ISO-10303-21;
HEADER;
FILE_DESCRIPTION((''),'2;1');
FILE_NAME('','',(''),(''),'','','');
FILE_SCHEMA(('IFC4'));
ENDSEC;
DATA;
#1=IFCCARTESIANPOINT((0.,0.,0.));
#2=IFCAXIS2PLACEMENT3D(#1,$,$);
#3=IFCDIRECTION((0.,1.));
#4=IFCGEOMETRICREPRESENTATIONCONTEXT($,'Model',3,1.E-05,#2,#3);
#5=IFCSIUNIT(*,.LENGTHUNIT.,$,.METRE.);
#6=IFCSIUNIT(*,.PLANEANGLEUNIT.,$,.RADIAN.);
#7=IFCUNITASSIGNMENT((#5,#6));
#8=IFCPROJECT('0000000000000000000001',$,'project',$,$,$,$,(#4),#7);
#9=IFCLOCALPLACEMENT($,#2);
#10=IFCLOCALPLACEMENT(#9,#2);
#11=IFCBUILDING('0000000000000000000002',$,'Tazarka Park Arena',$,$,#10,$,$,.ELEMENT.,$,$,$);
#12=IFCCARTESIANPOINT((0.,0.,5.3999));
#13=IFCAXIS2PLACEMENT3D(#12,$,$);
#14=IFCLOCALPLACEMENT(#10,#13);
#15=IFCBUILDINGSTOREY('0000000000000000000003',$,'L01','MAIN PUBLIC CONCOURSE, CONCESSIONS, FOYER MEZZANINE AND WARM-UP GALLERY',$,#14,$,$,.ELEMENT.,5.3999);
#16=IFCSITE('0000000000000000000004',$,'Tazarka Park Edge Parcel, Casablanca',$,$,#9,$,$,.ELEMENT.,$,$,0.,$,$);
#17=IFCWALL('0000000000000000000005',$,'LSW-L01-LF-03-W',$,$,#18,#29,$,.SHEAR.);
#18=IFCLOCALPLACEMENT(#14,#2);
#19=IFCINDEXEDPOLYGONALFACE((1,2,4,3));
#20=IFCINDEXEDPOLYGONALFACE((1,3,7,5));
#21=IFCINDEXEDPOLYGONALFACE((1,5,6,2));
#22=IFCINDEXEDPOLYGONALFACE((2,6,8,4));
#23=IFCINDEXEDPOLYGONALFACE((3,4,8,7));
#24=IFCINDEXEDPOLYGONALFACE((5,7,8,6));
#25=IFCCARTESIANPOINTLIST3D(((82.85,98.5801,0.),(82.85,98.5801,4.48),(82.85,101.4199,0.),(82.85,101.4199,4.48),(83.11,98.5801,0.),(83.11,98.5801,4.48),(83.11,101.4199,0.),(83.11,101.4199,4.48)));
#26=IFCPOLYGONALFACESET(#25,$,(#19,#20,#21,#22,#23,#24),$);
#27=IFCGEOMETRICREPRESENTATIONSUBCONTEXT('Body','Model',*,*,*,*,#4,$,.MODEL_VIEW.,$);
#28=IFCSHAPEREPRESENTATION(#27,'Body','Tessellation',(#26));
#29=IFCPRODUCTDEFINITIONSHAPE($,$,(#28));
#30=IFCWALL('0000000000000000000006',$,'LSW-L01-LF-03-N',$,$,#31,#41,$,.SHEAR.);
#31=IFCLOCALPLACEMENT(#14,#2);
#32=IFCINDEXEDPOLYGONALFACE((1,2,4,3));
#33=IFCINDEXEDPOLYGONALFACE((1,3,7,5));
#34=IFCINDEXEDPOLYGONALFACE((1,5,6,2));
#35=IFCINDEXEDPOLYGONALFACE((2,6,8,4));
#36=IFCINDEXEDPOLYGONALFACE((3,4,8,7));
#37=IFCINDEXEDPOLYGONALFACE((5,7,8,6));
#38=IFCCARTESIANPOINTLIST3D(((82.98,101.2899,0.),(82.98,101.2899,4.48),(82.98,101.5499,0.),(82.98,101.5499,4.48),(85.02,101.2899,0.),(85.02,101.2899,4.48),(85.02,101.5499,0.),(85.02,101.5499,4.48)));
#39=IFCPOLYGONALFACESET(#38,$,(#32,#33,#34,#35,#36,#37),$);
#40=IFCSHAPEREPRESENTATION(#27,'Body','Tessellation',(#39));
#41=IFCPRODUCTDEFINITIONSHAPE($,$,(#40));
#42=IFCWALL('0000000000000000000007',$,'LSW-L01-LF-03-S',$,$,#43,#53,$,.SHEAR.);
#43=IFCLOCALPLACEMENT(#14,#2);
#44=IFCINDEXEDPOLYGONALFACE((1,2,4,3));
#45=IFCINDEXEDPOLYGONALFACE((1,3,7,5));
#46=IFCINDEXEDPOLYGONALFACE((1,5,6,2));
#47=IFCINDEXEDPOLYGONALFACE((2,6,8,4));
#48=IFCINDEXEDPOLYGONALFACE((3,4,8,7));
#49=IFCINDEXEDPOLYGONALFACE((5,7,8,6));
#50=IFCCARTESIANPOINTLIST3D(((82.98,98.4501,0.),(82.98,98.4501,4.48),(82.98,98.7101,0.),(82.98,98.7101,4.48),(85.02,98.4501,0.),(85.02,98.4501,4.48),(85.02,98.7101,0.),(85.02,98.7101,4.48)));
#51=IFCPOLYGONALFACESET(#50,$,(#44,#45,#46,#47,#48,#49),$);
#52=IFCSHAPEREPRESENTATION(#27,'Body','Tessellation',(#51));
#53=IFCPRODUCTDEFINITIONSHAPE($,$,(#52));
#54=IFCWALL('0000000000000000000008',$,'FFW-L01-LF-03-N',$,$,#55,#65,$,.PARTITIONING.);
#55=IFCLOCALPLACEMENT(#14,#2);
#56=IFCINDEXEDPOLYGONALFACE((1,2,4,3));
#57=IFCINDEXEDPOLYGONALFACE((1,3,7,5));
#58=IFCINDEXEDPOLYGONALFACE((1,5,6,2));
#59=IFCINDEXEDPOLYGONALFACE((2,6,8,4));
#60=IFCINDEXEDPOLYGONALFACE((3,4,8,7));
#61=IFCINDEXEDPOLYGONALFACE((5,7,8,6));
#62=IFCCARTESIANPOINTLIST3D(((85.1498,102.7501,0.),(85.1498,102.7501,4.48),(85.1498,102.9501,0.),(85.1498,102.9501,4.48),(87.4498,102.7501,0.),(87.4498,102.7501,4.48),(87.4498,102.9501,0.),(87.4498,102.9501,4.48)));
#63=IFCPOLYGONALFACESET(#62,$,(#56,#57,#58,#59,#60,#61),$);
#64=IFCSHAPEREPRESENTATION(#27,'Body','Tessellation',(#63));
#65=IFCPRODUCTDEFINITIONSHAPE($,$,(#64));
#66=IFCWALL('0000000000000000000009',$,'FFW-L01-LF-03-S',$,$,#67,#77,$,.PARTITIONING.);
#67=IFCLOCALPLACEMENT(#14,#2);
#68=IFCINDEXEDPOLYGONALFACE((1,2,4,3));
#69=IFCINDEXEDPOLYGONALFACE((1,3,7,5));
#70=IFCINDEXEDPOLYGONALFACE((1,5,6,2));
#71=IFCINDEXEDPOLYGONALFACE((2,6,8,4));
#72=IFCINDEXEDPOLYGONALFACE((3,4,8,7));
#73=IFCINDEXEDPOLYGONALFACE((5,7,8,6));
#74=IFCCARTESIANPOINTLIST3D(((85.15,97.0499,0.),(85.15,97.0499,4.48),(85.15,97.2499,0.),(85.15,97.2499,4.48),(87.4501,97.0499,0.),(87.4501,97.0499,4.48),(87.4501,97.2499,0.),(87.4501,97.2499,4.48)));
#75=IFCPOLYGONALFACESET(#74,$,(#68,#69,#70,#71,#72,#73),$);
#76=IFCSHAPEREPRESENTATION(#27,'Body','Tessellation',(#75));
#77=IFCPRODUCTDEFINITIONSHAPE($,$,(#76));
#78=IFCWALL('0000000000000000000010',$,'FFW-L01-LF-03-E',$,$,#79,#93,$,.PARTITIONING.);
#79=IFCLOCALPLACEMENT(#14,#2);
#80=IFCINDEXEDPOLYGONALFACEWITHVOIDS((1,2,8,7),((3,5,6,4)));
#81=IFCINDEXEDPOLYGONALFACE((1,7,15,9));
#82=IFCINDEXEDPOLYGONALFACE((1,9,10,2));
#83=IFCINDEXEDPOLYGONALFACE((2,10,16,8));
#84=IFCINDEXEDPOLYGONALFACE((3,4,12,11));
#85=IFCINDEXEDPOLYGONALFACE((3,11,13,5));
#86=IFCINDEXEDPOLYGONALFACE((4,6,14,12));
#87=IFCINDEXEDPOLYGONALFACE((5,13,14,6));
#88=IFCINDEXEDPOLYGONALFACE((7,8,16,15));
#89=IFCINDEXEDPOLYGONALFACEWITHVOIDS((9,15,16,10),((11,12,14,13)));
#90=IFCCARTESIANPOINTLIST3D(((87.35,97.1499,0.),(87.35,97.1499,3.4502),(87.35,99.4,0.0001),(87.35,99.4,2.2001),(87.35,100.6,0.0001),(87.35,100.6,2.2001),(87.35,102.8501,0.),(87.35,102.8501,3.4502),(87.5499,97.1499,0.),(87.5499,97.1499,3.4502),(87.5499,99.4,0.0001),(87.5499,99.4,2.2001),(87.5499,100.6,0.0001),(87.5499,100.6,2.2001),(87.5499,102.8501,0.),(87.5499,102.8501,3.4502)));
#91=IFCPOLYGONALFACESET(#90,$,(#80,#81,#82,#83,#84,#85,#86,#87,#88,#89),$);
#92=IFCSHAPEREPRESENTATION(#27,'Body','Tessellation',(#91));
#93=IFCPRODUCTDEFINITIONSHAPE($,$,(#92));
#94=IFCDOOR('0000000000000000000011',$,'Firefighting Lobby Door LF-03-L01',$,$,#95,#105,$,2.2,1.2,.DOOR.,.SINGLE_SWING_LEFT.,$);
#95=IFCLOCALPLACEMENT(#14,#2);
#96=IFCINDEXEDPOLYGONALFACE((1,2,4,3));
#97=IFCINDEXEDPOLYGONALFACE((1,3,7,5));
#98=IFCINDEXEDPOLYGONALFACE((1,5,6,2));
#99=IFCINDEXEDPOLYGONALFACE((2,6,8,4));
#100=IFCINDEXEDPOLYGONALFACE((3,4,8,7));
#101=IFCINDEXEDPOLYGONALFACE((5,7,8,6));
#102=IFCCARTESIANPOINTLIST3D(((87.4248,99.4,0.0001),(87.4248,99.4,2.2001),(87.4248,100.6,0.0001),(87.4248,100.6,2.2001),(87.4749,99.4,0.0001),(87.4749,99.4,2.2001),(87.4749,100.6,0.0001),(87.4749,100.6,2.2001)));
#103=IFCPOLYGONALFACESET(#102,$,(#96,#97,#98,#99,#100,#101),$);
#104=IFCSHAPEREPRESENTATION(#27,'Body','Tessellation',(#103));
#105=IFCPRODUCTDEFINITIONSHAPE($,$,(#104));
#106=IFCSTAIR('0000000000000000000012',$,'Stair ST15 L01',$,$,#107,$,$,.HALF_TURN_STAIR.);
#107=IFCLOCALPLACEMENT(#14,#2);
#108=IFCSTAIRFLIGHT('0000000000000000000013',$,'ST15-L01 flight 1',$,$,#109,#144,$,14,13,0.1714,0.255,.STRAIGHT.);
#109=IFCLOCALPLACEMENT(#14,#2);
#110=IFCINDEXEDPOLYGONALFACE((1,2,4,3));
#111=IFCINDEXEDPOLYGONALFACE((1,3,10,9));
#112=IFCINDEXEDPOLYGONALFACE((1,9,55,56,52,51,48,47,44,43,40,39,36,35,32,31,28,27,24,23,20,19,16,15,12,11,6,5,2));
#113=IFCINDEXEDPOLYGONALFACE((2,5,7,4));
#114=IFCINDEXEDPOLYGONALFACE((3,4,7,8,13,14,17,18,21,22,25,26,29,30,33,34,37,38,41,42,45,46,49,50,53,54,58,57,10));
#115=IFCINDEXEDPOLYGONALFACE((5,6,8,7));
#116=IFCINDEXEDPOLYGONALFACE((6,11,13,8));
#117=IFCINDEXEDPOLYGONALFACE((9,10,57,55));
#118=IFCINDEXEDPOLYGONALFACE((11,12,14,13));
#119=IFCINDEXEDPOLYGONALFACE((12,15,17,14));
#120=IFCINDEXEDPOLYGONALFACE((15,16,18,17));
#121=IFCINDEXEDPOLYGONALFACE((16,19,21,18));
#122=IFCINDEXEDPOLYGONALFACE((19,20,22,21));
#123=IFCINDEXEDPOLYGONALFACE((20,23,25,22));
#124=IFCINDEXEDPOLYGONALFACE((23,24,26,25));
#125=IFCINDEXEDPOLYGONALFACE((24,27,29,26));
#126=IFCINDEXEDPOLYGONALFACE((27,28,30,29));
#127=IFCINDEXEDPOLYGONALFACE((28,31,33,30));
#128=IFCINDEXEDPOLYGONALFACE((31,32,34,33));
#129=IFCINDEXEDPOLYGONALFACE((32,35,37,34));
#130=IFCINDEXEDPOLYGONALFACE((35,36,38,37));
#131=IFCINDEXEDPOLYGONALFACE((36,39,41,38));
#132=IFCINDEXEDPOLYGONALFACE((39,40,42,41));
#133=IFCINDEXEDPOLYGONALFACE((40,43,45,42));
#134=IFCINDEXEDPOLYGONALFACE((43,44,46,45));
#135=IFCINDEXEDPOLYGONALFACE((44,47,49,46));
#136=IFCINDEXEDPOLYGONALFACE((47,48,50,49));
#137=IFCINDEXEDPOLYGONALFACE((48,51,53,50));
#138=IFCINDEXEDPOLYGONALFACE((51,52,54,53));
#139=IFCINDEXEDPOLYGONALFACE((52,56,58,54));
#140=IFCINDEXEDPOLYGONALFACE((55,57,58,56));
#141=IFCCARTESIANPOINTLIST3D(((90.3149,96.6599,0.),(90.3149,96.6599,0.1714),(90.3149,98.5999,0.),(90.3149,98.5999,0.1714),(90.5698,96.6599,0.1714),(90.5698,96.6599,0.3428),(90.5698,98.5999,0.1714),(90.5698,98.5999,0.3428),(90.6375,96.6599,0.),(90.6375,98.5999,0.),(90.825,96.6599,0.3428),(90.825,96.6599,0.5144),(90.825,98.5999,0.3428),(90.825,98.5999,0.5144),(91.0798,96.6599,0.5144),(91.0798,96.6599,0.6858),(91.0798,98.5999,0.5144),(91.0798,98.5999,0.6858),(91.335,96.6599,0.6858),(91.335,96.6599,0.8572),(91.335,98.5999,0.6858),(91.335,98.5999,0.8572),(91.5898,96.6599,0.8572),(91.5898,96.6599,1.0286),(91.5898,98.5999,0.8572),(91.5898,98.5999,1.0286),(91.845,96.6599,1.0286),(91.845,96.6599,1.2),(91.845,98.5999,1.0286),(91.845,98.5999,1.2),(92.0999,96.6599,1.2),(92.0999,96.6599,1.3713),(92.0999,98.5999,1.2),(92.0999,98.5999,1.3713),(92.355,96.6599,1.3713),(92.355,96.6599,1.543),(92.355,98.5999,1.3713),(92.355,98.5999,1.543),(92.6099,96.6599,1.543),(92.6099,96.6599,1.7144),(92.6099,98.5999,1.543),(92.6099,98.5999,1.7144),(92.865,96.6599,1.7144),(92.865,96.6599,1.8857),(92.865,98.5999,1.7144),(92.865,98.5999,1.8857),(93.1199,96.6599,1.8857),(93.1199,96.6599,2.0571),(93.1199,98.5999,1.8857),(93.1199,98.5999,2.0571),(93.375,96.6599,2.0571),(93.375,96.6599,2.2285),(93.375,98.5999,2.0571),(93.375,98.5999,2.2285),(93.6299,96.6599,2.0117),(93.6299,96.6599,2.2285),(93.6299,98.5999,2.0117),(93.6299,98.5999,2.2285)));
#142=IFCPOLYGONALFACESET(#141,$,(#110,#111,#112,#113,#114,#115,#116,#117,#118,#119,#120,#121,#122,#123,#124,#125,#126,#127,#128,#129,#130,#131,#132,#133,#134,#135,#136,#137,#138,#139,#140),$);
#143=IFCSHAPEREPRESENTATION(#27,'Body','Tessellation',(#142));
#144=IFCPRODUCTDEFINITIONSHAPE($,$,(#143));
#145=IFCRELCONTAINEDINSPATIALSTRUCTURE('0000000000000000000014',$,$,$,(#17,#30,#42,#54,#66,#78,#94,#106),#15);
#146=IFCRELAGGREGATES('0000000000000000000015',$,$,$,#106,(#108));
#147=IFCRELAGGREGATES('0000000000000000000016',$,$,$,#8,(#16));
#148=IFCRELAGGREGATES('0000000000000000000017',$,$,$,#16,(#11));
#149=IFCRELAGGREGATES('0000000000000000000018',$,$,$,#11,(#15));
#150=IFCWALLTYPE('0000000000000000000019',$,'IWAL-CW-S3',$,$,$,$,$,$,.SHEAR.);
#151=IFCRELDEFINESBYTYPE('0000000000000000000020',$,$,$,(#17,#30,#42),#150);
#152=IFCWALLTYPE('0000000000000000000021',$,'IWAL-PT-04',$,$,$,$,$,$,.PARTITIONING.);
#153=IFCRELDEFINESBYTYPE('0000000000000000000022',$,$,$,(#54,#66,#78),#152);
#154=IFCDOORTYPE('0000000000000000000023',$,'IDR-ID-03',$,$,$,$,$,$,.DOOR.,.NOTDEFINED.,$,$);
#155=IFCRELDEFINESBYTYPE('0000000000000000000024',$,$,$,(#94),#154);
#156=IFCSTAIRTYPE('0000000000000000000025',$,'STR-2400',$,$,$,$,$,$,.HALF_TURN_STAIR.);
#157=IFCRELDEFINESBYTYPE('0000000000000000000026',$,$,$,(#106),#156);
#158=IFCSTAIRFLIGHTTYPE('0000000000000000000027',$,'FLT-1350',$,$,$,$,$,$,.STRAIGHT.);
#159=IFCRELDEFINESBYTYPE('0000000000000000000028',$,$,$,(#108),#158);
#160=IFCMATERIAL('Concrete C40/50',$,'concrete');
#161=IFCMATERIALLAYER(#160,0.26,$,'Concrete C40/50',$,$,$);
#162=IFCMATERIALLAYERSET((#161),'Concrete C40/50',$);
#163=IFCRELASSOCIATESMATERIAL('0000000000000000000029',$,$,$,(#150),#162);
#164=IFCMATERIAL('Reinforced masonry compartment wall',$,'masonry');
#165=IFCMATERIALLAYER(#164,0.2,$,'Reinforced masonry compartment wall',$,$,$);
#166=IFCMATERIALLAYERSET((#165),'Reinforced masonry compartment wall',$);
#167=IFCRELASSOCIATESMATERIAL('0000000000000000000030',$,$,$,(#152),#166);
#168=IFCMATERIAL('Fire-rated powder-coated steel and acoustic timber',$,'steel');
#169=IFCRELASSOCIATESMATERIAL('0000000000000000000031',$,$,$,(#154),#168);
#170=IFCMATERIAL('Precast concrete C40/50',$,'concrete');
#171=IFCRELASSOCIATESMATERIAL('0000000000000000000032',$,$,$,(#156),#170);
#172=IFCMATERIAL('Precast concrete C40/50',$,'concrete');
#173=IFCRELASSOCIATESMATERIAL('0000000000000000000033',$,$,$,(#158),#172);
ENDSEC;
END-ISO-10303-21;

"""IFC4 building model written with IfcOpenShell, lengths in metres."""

from ifc_helpers import new_model, si_unit, direction, frame, frame_2d, origin, place, context, subcontext, project, spatial, polyline, rectangle, outline, extrude, material, layer, layer_set, type_object, element, fill, aggregate, save


model = new_model("IFC4")

# Units and contexts
model_context = context("Model", 3, precision=1e-05, world=origin(), true_north=direction((0.0, 1.0)))
body_context = subcontext(model_context, "Body", "Model", "MODEL_VIEW")
ifc_project = project(units=[si_unit("LENGTHUNIT", "METRE"), si_unit("PLANEANGLEUNIT", "RADIAN")], contexts=[model_context])

# Site, building, storey
site_placement = place(None, origin())
site = spatial("IfcSite", under=ifc_project, at=site_placement, Name="Tazarka Park Edge Parcel, Casablanca", CompositionType="ELEMENT", RefElevation=0.0)
building_placement = place(site_placement, origin())
building = spatial("IfcBuilding", under=site, at=building_placement, Name="Tazarka Park Arena", CompositionType="ELEMENT")
storey_placement = place(building_placement, frame((0.0, 0.0, 5.3999)))
storey = spatial("IfcBuildingStorey", under=building, at=storey_placement, Name="L01", Description="MAIN PUBLIC CONCOURSE, CONCESSIONS, FOYER MEZZANINE AND WARM-UP GALLERY", CompositionType="ELEMENT", Elevation=5.3999)

# Walls
ifc_material_1 = material(Name="Concrete C40/50", Category="concrete")
ifc_layer_1 = layer(ifc_material_1, 0.26, Name="Concrete C40/50")
ifc_layer_set_1 = layer_set([ifc_layer_1], Name="Concrete C40/50")
wall_type_1 = type_object("IfcWallType", Name="IWAL-CW-S3", PredefinedType="SHEAR", material=ifc_layer_set_1)
wall_1_placement = place(storey_placement, frame((82.98, 98.5801, 0.0), z_axis=(0.0, 0.0, 1.0), x_axis=(0.0, 1.0, 0.0)))
element("IfcWall", 1, at=wall_1_placement, inside=storey, type_object=wall_type_1, Name="LSW-L01-LF-03-W", PredefinedType="SHEAR", context=body_context, shape_type="SweptSolid", body=[
    extrude(rectangle(XDim=2.8398, YDim=0.26, at=frame_2d((1.4199, 0.0))), origin(), (0.0, 0.0, 1.0), 4.48),
])
for number, where, z_axis, x_axis, name in (
    (2, (82.98, 101.4199, 0.0), (0.0, 0.0, 1.0), (1.0, 0.0, 0.0), "LSW-L01-LF-03-N"),
    (3, (85.02, 98.5801, 0.0), (0.0, 0.0, 1.0), (-1.0, 0.0, 0.0), "LSW-L01-LF-03-S"),
):
    element("IfcWall", number, at=place(storey_placement, frame(where, z_axis=z_axis, x_axis=x_axis)), inside=storey, type_object=wall_type_1, Name=name, PredefinedType="SHEAR", context=body_context, shape_type="SweptSolid", body=[
        extrude(rectangle(XDim=2.04, YDim=0.26, at=frame_2d((1.02, 0.0))), origin(), (0.0, 0.0, 1.0), 4.48),
    ])

# Walls
ifc_material_2 = material(Name="Reinforced masonry compartment wall", Category="masonry")
ifc_layer_2 = layer(ifc_material_2, 0.2, Name="Reinforced masonry compartment wall")
ifc_layer_set_2 = layer_set([ifc_layer_2], Name="Reinforced masonry compartment wall")
wall_type_2 = type_object("IfcWallType", Name="IWAL-PT-04", PredefinedType="PARTITIONING", material=ifc_layer_set_2)
for number, where, z_axis, x_axis, name in (
    (4, (85.1499, 102.8501, 0.0), (0.0, 0.0, 1.0), (1.0, 0.0, 0.0), "FFW-L01-LF-03-N"),
    (5, (87.45, 97.1499, 0.0), (0.0, 0.0, 1.0), (-1.0, 0.0, 0.0), "FFW-L01-LF-03-S"),
):
    element("IfcWall", number, at=place(storey_placement, frame(where, z_axis=z_axis, x_axis=x_axis)), inside=storey, type_object=wall_type_2, Name=name, PredefinedType="PARTITIONING", context=body_context, shape_type="SweptSolid", body=[
        extrude(rectangle(XDim=2.3, YDim=0.2, at=frame_2d((1.1499, 0.0))), origin(), (0.0, 0.0, 1.0), 4.48),
    ])

# Wall, opening, door
wall_2_placement = place(storey_placement, frame((87.45, 102.8501, 0.0), z_axis=(0.0, 0.0, 1.0), x_axis=(0.0, -1.0, 0.0)))
wall_2 = element("IfcWall", 6, at=wall_2_placement, inside=storey, type_object=wall_type_2, Name="FFW-L01-LF-03-E", PredefinedType="PARTITIONING", context=body_context, shape_type="SweptSolid", body=[
    extrude(rectangle(XDim=5.7002, YDim=0.2, at=frame_2d((2.8501, 0.0))), origin(), (0.0, 0.0, 1.0), 3.4502),
])
opening_1_placement = place(wall_2_placement, frame((2.25, 0.0, 0.0)))
opening_1 = element("IfcOpeningElement", 7, at=opening_1_placement, cuts=wall_2, PredefinedType="OPENING", context=body_context, shape_type="SweptSolid", body=[
    extrude(rectangle(XDim=1.2, YDim=2.2, at=frame_2d((0.6001, 1.1001))), frame((0.0, 0.1099, 0.0), z_axis=(0.0, -1.0, 0.0), x_axis=(1.0, 0.0, 0.0)), (0.0, 0.0, 1.0), 0.22),
])
ifc_material_3 = material(Name="Fire-rated powder-coated steel and acoustic timber", Category="steel")
door_type_1 = type_object("IfcDoorType", Name="IDR-ID-03", OperationType="NOTDEFINED", PredefinedType="DOOR", material=ifc_material_3)
door_1_placement = place(opening_1_placement, origin())
door_1 = element("IfcDoor", 8, at=door_1_placement, inside=storey, type_object=door_type_1, Name="Firefighting Lobby Door LF-03-L01", OperationType="SINGLE_SWING_LEFT", OverallHeight=2.2, OverallWidth=1.2, PredefinedType="DOOR", context=body_context, shape_type="SweptSolid", body=[
    extrude(rectangle(XDim=1.2, YDim=2.2, at=frame_2d((0.6001, 1.1001))), frame((0.0, 0.0249, 0.0), z_axis=(0.0, -1.0, 0.0), x_axis=(1.0, 0.0, 0.0)), (0.0, 0.0, 1.0), 0.05),
])
fill(opening_1, door_1)

# Stair, stair flight
ifc_material_4 = material(Name="Precast concrete C40/50", Category="concrete")
stair_type = type_object("IfcStairType", Name="STR-2400", PredefinedType="HALF_TURN_STAIR", material=ifc_material_4)
stair_placement = place(storey_placement, origin())
stair = element("IfcStair", 9, at=stair_placement, inside=storey, type_object=stair_type, Name="Stair ST15 L01", PredefinedType="HALF_TURN_STAIR")
ifc_material_5 = material(Name="Precast concrete C40/50", Category="concrete")
stair_flight_type = type_object("IfcStairFlightType", Name="FLT-1350", PredefinedType="STRAIGHT", material=ifc_material_5)
stair_flight_placement = place(storey_placement, frame((90.3149, 97.6299, 0.0), z_axis=(0.0, 0.0, 1.0), x_axis=(1.0, 0.0, 0.0)))
stair_flight = element("IfcStairFlight", 10, at=stair_flight_placement, type_object=stair_flight_type, Name="ST15-L01 flight 1", NumberOfRisers=14, NumberOfTreads=13, PredefinedType="STRAIGHT", RiserHeight=0.1714, TreadLength=0.255, context=body_context, shape_type="SweptSolid", body=[
    extrude(outline(polyline([(0.0, 0.0), (0.0, 0.1714), (0.2549, 0.1714), (0.2549, 0.3428), (0.51, 0.3428), (0.51, 0.5144), (0.7649, 0.5144), (0.7649, 0.6858), (1.02, 0.6858), (1.02, 0.8572), (1.2749, 0.8572), (1.2749, 1.0286), (1.53, 1.0286), (1.53, 1.2), (1.7849, 1.2), (1.7849, 1.3713), (2.04, 1.3713), (2.04, 1.543), (2.2949, 1.543), (2.2949, 1.7144), (2.55, 1.7144), (2.55, 1.8857), (2.8049, 1.8857), (2.8049, 2.0571), (3.0601, 2.0571), (3.0601, 2.2285), (3.3149, 2.2285), (3.3149, 2.3999), (3.3149, 2.0117), (0.3225, 0.0), (0.0, 0.0)])), frame((0.0, 0.97, 0.0), z_axis=(0.0, -1.0, 0.0), x_axis=(1.0, 0.0, 0.0)), (0.0, 0.0, 1.0), 1.9399),
])
aggregate(stair, [stair_flight])

save(model, "model.ifc")
